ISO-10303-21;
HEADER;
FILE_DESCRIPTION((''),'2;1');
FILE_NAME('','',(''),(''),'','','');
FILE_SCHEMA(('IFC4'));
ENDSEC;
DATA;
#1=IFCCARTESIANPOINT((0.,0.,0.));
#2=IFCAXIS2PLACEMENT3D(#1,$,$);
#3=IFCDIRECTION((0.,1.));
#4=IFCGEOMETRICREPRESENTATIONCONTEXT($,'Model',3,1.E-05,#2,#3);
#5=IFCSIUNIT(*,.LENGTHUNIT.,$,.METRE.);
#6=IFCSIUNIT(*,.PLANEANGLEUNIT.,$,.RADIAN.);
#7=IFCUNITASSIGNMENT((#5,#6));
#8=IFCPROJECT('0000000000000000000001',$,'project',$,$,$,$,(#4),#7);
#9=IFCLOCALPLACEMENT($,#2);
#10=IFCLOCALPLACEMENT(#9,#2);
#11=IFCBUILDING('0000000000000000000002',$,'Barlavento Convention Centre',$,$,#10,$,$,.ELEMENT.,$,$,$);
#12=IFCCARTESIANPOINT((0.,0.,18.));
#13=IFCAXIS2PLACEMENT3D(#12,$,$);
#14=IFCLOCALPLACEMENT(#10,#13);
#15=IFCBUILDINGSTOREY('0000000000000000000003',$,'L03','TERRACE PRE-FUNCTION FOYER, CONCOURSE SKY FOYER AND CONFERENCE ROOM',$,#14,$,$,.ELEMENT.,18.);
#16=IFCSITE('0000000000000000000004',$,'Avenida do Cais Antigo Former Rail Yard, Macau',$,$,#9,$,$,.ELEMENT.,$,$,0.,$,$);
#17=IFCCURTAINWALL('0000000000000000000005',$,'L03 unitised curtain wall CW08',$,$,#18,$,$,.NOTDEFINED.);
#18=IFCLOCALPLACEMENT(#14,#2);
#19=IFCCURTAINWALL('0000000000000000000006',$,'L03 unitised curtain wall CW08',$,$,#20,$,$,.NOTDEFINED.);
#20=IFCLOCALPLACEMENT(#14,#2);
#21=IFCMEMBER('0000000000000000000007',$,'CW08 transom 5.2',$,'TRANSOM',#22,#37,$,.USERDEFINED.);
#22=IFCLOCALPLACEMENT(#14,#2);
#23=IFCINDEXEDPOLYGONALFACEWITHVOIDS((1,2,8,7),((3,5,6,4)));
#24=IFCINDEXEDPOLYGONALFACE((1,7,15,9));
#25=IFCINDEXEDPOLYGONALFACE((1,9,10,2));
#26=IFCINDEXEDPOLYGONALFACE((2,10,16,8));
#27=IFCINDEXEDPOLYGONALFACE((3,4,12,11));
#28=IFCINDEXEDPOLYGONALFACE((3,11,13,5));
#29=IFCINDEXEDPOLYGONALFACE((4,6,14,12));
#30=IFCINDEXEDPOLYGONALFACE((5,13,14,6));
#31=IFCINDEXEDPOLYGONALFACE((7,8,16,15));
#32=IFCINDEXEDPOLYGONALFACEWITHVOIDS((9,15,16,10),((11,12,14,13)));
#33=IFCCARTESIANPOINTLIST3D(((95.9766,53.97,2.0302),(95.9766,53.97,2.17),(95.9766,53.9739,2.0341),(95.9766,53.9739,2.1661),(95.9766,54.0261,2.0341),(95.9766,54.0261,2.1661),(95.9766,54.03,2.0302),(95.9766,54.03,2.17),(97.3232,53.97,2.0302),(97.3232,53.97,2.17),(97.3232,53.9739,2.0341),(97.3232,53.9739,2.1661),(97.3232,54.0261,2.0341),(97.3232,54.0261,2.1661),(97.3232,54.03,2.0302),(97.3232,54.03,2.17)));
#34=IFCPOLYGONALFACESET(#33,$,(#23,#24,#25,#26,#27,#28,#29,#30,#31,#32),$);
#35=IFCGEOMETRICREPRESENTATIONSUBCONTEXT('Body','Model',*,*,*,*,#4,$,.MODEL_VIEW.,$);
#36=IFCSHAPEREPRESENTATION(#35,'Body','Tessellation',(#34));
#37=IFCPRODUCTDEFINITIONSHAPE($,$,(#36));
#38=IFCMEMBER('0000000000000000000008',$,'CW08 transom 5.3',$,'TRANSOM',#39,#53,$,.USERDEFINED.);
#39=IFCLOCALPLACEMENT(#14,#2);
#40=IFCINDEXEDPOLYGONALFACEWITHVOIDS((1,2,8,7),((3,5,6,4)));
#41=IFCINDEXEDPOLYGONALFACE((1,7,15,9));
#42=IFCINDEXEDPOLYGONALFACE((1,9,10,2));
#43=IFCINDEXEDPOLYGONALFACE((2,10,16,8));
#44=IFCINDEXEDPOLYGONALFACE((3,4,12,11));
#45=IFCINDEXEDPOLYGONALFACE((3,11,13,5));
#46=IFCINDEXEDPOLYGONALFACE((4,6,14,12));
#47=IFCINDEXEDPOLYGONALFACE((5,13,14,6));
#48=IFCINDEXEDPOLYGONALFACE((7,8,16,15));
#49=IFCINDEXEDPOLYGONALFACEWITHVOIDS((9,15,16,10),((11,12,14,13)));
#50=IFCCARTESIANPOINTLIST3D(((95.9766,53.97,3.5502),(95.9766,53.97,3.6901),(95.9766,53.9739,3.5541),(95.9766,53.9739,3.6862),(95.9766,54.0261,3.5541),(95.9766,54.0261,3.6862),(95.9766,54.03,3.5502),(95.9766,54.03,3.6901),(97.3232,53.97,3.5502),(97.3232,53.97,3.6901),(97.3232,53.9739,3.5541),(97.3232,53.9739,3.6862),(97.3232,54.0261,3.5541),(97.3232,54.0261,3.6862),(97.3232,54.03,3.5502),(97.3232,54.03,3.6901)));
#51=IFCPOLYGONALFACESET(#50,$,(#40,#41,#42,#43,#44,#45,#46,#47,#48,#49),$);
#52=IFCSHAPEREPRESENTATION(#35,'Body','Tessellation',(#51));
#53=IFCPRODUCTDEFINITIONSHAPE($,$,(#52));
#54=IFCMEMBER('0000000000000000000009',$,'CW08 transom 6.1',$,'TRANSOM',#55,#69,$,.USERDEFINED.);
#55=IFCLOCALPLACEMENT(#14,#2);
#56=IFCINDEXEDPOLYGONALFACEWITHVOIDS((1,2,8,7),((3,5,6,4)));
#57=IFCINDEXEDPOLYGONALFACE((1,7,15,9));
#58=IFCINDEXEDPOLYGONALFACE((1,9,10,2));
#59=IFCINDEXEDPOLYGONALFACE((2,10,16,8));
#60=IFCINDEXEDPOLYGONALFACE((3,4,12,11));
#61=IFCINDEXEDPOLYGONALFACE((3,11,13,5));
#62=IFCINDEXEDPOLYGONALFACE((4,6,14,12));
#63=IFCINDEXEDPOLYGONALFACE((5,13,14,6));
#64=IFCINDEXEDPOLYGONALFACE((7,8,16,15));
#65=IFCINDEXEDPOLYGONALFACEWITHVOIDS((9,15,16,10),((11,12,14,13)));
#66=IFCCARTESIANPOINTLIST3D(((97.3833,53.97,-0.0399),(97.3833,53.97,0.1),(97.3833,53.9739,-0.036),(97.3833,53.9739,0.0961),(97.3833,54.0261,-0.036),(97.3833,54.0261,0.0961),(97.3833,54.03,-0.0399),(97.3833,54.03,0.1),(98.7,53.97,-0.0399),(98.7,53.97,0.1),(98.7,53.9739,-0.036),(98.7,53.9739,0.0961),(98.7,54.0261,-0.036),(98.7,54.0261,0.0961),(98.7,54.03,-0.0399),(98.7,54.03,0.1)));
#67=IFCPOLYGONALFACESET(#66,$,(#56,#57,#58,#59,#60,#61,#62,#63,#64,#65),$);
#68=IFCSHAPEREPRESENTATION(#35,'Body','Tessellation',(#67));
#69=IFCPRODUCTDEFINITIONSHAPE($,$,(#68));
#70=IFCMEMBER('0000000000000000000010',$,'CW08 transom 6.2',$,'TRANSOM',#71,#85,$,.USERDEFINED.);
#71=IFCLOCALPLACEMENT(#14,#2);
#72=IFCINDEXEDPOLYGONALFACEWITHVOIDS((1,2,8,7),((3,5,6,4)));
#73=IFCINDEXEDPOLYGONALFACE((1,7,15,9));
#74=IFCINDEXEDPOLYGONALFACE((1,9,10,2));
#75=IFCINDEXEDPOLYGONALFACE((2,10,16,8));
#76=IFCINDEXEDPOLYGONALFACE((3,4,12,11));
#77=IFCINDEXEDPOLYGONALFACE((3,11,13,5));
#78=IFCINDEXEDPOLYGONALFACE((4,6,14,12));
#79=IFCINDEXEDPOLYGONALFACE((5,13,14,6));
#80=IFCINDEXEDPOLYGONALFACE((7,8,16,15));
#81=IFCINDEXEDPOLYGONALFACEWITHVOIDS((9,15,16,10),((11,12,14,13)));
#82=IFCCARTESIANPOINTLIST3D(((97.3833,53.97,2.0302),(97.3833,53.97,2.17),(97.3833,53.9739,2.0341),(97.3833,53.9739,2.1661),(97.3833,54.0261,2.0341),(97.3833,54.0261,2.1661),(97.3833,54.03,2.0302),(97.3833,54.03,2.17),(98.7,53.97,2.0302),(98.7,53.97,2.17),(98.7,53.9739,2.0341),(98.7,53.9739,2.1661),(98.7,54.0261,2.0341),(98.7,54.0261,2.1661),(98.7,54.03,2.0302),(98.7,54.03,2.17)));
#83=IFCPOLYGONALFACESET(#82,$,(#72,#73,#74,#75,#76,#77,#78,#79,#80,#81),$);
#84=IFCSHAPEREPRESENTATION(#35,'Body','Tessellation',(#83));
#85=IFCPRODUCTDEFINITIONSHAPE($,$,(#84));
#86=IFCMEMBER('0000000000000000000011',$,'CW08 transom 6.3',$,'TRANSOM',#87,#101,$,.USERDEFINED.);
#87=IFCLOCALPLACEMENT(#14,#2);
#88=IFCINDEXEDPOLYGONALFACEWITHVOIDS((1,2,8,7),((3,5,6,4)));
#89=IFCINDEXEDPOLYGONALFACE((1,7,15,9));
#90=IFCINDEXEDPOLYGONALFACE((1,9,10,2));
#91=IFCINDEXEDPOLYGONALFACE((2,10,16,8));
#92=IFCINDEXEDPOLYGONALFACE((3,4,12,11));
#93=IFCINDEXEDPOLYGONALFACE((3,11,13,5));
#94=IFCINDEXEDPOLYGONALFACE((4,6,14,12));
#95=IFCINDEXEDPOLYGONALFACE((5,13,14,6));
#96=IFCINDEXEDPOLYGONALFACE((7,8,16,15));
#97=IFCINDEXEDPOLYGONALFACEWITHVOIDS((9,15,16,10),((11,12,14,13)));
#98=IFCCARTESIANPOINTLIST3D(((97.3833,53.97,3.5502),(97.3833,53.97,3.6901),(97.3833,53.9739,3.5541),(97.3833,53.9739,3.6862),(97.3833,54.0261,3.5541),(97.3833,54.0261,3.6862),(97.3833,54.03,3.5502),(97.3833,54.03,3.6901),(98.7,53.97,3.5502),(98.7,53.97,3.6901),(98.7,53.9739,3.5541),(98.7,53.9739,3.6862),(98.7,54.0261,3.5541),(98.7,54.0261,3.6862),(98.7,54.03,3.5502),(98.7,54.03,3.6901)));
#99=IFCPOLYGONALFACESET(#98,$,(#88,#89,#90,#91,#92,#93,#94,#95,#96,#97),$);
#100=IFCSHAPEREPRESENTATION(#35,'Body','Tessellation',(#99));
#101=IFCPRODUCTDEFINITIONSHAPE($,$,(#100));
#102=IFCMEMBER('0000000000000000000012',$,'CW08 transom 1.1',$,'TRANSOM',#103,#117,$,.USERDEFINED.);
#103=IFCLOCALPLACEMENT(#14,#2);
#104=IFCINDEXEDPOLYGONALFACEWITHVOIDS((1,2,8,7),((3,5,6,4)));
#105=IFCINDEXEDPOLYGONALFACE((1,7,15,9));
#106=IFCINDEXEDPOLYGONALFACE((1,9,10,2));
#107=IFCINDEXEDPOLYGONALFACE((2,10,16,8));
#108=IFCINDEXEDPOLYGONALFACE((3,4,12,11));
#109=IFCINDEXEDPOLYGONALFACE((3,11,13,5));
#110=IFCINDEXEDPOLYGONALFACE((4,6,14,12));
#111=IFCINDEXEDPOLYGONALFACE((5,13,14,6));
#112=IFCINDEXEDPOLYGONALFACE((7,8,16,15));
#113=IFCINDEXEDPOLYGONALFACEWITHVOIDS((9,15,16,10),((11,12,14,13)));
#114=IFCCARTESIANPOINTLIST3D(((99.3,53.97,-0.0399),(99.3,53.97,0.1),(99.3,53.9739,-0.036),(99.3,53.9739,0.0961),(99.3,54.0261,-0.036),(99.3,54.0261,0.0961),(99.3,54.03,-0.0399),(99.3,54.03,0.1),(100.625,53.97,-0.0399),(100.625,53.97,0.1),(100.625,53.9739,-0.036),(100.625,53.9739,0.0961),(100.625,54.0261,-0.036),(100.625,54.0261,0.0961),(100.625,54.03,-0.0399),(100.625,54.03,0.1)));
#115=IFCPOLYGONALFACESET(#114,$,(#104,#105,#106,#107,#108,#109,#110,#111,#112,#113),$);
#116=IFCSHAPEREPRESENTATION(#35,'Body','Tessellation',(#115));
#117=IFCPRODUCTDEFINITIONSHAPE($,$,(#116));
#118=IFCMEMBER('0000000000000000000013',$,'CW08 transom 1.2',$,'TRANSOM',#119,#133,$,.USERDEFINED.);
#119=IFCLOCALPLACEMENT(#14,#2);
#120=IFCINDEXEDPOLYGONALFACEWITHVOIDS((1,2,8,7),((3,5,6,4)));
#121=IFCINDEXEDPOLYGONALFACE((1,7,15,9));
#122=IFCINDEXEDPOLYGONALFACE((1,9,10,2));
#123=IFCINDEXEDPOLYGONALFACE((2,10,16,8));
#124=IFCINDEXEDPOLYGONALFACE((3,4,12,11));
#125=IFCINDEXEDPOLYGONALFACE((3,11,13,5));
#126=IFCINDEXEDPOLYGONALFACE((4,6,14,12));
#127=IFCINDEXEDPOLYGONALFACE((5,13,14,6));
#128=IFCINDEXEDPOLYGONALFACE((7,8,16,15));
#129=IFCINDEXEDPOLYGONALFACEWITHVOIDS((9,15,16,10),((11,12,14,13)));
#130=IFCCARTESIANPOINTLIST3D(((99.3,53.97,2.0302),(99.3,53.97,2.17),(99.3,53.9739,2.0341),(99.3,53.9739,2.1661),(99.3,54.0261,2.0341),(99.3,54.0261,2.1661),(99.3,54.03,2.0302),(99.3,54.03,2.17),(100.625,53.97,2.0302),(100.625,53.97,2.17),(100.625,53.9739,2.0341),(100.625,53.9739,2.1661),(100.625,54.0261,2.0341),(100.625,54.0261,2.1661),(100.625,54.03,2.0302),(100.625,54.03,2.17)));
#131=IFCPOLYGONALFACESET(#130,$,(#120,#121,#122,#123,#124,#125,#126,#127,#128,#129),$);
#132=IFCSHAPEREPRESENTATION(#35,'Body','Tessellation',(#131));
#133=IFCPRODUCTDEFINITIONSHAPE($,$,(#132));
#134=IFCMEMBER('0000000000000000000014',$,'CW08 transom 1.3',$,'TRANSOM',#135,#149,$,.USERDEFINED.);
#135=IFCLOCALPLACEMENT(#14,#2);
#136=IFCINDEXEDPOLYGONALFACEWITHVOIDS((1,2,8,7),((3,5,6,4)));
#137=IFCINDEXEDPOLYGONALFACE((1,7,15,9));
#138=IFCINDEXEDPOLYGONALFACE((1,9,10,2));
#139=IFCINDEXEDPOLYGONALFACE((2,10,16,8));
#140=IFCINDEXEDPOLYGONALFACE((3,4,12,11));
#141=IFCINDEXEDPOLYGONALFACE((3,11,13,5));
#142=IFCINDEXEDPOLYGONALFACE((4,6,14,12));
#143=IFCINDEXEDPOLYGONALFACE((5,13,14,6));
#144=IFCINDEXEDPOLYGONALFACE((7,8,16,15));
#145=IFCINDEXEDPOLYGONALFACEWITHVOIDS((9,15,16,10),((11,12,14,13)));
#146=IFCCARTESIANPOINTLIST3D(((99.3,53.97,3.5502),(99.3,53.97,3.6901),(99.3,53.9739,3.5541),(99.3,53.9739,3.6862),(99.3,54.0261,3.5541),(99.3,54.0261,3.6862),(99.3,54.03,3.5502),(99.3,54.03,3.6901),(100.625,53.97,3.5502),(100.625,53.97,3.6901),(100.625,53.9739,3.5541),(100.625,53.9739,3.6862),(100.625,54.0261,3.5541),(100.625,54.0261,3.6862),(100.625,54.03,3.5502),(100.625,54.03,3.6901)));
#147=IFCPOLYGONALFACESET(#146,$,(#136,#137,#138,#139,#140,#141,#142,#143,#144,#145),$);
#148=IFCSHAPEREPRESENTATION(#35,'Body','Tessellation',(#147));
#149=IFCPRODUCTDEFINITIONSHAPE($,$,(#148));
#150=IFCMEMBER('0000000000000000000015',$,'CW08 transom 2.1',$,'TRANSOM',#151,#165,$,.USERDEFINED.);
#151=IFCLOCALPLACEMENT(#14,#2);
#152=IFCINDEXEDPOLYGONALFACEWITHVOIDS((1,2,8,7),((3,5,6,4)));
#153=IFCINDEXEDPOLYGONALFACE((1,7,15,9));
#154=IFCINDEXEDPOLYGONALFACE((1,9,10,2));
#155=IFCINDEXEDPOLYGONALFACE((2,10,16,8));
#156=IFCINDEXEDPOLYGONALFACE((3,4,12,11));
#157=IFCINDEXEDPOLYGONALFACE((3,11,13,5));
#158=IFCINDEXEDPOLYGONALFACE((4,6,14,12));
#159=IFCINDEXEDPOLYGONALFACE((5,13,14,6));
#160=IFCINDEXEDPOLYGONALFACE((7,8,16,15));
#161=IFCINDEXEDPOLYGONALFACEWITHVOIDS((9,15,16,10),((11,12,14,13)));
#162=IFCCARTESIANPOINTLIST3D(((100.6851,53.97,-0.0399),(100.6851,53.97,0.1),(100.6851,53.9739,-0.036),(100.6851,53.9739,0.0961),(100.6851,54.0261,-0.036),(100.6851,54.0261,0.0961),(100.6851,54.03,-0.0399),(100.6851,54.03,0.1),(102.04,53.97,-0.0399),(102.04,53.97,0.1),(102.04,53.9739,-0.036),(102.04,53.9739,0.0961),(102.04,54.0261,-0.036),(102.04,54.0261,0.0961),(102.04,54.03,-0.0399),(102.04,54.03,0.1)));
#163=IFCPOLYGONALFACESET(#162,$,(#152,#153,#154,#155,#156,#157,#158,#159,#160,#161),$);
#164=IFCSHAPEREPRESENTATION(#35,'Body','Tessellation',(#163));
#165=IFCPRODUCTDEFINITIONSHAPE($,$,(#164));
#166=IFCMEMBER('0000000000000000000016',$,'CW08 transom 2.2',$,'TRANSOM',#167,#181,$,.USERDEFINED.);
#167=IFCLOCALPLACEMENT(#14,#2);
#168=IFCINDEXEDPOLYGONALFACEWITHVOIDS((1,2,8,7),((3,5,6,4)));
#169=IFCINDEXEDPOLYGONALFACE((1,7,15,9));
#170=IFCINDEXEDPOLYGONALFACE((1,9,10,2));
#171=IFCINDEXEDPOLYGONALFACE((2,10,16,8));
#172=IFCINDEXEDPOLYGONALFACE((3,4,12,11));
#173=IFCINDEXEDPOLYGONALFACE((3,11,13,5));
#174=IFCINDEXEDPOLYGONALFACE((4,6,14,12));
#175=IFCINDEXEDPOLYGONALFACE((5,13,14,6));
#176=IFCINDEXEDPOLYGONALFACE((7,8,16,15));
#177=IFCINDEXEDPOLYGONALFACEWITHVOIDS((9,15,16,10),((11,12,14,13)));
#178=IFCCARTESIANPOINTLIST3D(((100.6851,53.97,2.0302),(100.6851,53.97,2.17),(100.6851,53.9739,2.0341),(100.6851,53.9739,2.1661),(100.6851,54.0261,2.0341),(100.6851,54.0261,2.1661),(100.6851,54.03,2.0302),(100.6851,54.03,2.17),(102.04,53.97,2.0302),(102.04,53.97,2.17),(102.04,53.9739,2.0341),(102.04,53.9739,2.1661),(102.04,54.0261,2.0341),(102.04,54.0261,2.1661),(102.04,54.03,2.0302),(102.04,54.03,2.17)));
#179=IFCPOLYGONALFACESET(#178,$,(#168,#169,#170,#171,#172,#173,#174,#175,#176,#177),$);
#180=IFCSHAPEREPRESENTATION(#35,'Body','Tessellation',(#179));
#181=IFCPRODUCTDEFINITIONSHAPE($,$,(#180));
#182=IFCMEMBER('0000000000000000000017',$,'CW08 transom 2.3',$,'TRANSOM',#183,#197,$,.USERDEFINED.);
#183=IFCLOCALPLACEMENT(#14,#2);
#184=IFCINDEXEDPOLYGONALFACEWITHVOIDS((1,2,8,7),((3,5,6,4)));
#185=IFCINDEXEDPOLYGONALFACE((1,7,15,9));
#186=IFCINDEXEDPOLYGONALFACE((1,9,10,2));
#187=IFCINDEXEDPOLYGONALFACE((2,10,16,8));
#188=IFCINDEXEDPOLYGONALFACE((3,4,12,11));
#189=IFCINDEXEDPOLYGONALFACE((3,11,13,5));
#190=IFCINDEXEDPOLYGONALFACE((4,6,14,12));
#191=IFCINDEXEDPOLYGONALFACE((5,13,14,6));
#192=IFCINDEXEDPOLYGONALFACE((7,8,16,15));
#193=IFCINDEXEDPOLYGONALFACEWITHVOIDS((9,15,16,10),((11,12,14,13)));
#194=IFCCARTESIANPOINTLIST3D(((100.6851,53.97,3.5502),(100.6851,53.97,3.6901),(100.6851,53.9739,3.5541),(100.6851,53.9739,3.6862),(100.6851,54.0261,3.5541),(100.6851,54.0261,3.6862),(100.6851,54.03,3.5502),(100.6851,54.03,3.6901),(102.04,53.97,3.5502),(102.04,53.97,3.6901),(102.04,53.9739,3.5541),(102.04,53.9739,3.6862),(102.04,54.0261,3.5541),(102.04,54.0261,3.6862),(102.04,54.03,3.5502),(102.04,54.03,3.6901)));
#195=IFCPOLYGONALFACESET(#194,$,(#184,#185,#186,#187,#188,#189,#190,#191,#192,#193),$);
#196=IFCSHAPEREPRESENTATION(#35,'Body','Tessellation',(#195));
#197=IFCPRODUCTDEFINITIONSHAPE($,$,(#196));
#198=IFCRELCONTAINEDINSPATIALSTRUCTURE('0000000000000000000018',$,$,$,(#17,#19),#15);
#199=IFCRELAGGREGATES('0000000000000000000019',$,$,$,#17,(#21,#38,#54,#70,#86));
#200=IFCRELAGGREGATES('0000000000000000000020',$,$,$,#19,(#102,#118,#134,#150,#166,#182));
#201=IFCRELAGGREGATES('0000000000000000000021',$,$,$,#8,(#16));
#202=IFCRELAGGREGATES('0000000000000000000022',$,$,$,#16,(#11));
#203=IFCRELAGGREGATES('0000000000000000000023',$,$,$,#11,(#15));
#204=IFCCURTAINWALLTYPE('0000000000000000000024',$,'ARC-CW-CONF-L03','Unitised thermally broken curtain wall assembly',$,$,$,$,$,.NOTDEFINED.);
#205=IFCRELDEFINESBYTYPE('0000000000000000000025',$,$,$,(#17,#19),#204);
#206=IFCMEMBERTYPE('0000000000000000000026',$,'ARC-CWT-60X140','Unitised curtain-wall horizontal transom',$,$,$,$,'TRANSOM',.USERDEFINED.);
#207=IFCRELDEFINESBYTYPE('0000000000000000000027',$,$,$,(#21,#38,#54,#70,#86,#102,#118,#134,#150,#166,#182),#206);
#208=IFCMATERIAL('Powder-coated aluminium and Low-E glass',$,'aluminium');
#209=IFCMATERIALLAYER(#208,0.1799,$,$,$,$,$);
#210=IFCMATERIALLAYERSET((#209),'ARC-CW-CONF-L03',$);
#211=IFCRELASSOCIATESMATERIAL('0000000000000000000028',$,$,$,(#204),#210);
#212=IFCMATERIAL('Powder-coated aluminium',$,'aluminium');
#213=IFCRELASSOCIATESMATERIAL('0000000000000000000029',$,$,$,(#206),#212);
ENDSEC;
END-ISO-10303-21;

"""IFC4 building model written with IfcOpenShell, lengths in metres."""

from ifc_helpers import new_model, si_unit, direction, frame, origin, origin_2d, place, context, subcontext, project, spatial, hollow_rectangle, extrude, material, layer, layer_set, material_profile, profile_set, type_object, element, aggregate, save


model = new_model("IFC4")

# Units and contexts
model_context = context("Model", 3, precision=1e-05, world=origin(), true_north=direction((0.0, 1.0)))
body_context = subcontext(model_context, "Body", "Model", "MODEL_VIEW")
ifc_project = project(units=[si_unit("LENGTHUNIT", "METRE"), si_unit("PLANEANGLEUNIT", "RADIAN")], contexts=[model_context])

# Site, building, storey
site_placement = place(None, origin())
site = spatial("IfcSite", under=ifc_project, at=site_placement, Name="Avenida do Cais Antigo Former Rail Yard, Macau", CompositionType="ELEMENT", RefElevation=0.0)
building_placement = place(site_placement, origin())
building = spatial("IfcBuilding", under=site, at=building_placement, Name="Barlavento Convention Centre", CompositionType="ELEMENT")
storey_placement = place(building_placement, frame((0.0, 0.0, 18.0)))
storey = spatial("IfcBuildingStorey", under=building, at=storey_placement, Name="L03", Description="TERRACE PRE-FUNCTION FOYER, CONCOURSE SKY FOYER AND CONFERENCE ROOM", CompositionType="ELEMENT", Elevation=18.0)

# Curtain walls
ifc_material_1 = material(Name="Powder-coated aluminium and Low-E glass", Category="aluminium")
ifc_layer_1 = layer(ifc_material_1, 0.1799)
ifc_layer_set_1 = layer_set([ifc_layer_1], Name="ARC-CW-CONF-L03")
curtain_wall_type = type_object("IfcCurtainWallType", Name="ARC-CW-CONF-L03", Description="Unitised thermally broken curtain wall assembly", PredefinedType="NOTDEFINED", material=ifc_layer_set_1)
curtain_wall_1_placement = place(storey_placement, origin())
curtain_wall_1 = element("IfcCurtainWall", 1, at=curtain_wall_1_placement, inside=storey, type_object=curtain_wall_type, Name="L03 unitised curtain wall CW08", PredefinedType="NOTDEFINED")
ifc_material_2 = material(Name="Powder-coated aluminium", Category="aluminium")
curtain_wall_2_placement = place(storey_placement, origin())
curtain_wall_2 = element("IfcCurtainWall", 2, at=curtain_wall_2_placement, inside=storey, type_object=curtain_wall_type, Name="L03 unitised curtain wall CW08", PredefinedType="NOTDEFINED")

# Members
ifc_material_profile_1 = material_profile(ifc_material_2, hollow_rectangle(XDim=0.0601, YDim=0.1399, WallThickness=0.0039, at=origin_2d()), Name="AL-TRAN 60x140x4")
ifc_profile_set_1 = profile_set([ifc_material_profile_1], Name="Powder-coated aluminium")
member_type_1 = type_object("IfcMemberType", Name="ARC-CWT-60X140", Description="Unitised curtain-wall horizontal transom", ElementType="TRANSOM", PredefinedType="USERDEFINED", material=ifc_profile_set_1)
member_1_placement = place(storey_placement, frame((95.9766, 54.0, 2.1001), z_axis=(1.0, 0.0, 0.0), x_axis=(0.0, 1.0, 0.0)))
member_1 = element("IfcMember", 3, at=member_1_placement, type_object=member_type_1, Name="CW08 transom 5.2", ObjectType="TRANSOM", PredefinedType="USERDEFINED", context=body_context, shape_type="SweptSolid", body=[
    extrude(hollow_rectangle(XDim=0.0601, YDim=0.1399, WallThickness=0.0039, at=origin_2d()), origin(), (0.0, 0.0, 1.0), 1.3467),
])
member_2_placement = place(storey_placement, frame((95.9766, 54.0, 3.6201), z_axis=(1.0, 0.0, 0.0), x_axis=(0.0, 1.0, 0.0)))
member_2 = element("IfcMember", 4, at=member_2_placement, type_object=member_type_1, Name="CW08 transom 5.3", ObjectType="TRANSOM", PredefinedType="USERDEFINED", context=body_context, shape_type="SweptSolid", body=[
    extrude(hollow_rectangle(XDim=0.0601, YDim=0.1399, WallThickness=0.0039, at=origin_2d()), origin(), (0.0, 0.0, 1.0), 1.3467),
])
member_3_placement = place(storey_placement, frame((97.3833, 54.0, 0.03), z_axis=(1.0, 0.0, 0.0), x_axis=(0.0, 1.0, 0.0)))
member_3 = element("IfcMember", 5, at=member_3_placement, type_object=member_type_1, Name="CW08 transom 6.1", ObjectType="TRANSOM", PredefinedType="USERDEFINED", context=body_context, shape_type="SweptSolid", body=[
    extrude(hollow_rectangle(XDim=0.0601, YDim=0.1399, WallThickness=0.0039, at=origin_2d()), origin(), (0.0, 0.0, 1.0), 1.3167),
])
member_4_placement = place(storey_placement, frame((97.3833, 54.0, 2.1001), z_axis=(1.0, 0.0, 0.0), x_axis=(0.0, 1.0, 0.0)))
member_4 = element("IfcMember", 6, at=member_4_placement, type_object=member_type_1, Name="CW08 transom 6.2", ObjectType="TRANSOM", PredefinedType="USERDEFINED", context=body_context, shape_type="SweptSolid", body=[
    extrude(hollow_rectangle(XDim=0.0601, YDim=0.1399, WallThickness=0.0039, at=origin_2d()), origin(), (0.0, 0.0, 1.0), 1.3167),
])
member_5_placement = place(storey_placement, frame((97.3833, 54.0, 3.6201), z_axis=(1.0, 0.0, 0.0), x_axis=(0.0, 1.0, 0.0)))
member_5 = element("IfcMember", 7, at=member_5_placement, type_object=member_type_1, Name="CW08 transom 6.3", ObjectType="TRANSOM", PredefinedType="USERDEFINED", context=body_context, shape_type="SweptSolid", body=[
    extrude(hollow_rectangle(XDim=0.0601, YDim=0.1399, WallThickness=0.0039, at=origin_2d()), origin(), (0.0, 0.0, 1.0), 1.3167),
])
member_6_placement = place(storey_placement, frame((99.3, 54.0, 0.03), z_axis=(1.0, 0.0, 0.0), x_axis=(0.0, 1.0, 0.0)))
member_6 = element("IfcMember", 8, at=member_6_placement, type_object=member_type_1, Name="CW08 transom 1.1", ObjectType="TRANSOM", PredefinedType="USERDEFINED", context=body_context, shape_type="SweptSolid", body=[
    extrude(hollow_rectangle(XDim=0.0601, YDim=0.1399, WallThickness=0.0039, at=origin_2d()), origin(), (0.0, 0.0, 1.0), 1.325),
])
member_7_placement = place(storey_placement, frame((99.3, 54.0, 2.1001), z_axis=(1.0, 0.0, 0.0), x_axis=(0.0, 1.0, 0.0)))
member_7 = element("IfcMember", 9, at=member_7_placement, type_object=member_type_1, Name="CW08 transom 1.2", ObjectType="TRANSOM", PredefinedType="USERDEFINED", context=body_context, shape_type="SweptSolid", body=[
    extrude(hollow_rectangle(XDim=0.0601, YDim=0.1399, WallThickness=0.0039, at=origin_2d()), origin(), (0.0, 0.0, 1.0), 1.325),
])
member_8_placement = place(storey_placement, frame((99.3, 54.0, 3.6201), z_axis=(1.0, 0.0, 0.0), x_axis=(0.0, 1.0, 0.0)))
member_8 = element("IfcMember", 10, at=member_8_placement, type_object=member_type_1, Name="CW08 transom 1.3", ObjectType="TRANSOM", PredefinedType="USERDEFINED", context=body_context, shape_type="SweptSolid", body=[
    extrude(hollow_rectangle(XDim=0.0601, YDim=0.1399, WallThickness=0.0039, at=origin_2d()), origin(), (0.0, 0.0, 1.0), 1.325),
])
member_9_placement = place(storey_placement, frame((100.6851, 54.0, 0.03), z_axis=(1.0, 0.0, 0.0), x_axis=(0.0, 1.0, 0.0)))
member_9 = element("IfcMember", 11, at=member_9_placement, type_object=member_type_1, Name="CW08 transom 2.1", ObjectType="TRANSOM", PredefinedType="USERDEFINED", context=body_context, shape_type="SweptSolid", body=[
    extrude(hollow_rectangle(XDim=0.0601, YDim=0.1399, WallThickness=0.0039, at=origin_2d()), origin(), (0.0, 0.0, 1.0), 1.355),
])
member_10_placement = place(storey_placement, frame((100.6851, 54.0, 2.1001), z_axis=(1.0, 0.0, 0.0), x_axis=(0.0, 1.0, 0.0)))
member_10 = element("IfcMember", 12, at=member_10_placement, type_object=member_type_1, Name="CW08 transom 2.2", ObjectType="TRANSOM", PredefinedType="USERDEFINED", context=body_context, shape_type="SweptSolid", body=[
    extrude(hollow_rectangle(XDim=0.0601, YDim=0.1399, WallThickness=0.0039, at=origin_2d()), origin(), (0.0, 0.0, 1.0), 1.355),
])
member_11_placement = place(storey_placement, frame((100.6851, 54.0, 3.6201), z_axis=(1.0, 0.0, 0.0), x_axis=(0.0, 1.0, 0.0)))
member_11 = element("IfcMember", 13, at=member_11_placement, type_object=member_type_1, Name="CW08 transom 2.3", ObjectType="TRANSOM", PredefinedType="USERDEFINED", context=body_context, shape_type="SweptSolid", body=[
    extrude(hollow_rectangle(XDim=0.0601, YDim=0.1399, WallThickness=0.0039, at=origin_2d()), origin(), (0.0, 0.0, 1.0), 1.355),
])

aggregate(curtain_wall_1, [member_1, member_2, member_3, member_4, member_5])
aggregate(curtain_wall_2, [member_6, member_7, member_8, member_9, member_10, member_11])

save(model, "model.ifc")
